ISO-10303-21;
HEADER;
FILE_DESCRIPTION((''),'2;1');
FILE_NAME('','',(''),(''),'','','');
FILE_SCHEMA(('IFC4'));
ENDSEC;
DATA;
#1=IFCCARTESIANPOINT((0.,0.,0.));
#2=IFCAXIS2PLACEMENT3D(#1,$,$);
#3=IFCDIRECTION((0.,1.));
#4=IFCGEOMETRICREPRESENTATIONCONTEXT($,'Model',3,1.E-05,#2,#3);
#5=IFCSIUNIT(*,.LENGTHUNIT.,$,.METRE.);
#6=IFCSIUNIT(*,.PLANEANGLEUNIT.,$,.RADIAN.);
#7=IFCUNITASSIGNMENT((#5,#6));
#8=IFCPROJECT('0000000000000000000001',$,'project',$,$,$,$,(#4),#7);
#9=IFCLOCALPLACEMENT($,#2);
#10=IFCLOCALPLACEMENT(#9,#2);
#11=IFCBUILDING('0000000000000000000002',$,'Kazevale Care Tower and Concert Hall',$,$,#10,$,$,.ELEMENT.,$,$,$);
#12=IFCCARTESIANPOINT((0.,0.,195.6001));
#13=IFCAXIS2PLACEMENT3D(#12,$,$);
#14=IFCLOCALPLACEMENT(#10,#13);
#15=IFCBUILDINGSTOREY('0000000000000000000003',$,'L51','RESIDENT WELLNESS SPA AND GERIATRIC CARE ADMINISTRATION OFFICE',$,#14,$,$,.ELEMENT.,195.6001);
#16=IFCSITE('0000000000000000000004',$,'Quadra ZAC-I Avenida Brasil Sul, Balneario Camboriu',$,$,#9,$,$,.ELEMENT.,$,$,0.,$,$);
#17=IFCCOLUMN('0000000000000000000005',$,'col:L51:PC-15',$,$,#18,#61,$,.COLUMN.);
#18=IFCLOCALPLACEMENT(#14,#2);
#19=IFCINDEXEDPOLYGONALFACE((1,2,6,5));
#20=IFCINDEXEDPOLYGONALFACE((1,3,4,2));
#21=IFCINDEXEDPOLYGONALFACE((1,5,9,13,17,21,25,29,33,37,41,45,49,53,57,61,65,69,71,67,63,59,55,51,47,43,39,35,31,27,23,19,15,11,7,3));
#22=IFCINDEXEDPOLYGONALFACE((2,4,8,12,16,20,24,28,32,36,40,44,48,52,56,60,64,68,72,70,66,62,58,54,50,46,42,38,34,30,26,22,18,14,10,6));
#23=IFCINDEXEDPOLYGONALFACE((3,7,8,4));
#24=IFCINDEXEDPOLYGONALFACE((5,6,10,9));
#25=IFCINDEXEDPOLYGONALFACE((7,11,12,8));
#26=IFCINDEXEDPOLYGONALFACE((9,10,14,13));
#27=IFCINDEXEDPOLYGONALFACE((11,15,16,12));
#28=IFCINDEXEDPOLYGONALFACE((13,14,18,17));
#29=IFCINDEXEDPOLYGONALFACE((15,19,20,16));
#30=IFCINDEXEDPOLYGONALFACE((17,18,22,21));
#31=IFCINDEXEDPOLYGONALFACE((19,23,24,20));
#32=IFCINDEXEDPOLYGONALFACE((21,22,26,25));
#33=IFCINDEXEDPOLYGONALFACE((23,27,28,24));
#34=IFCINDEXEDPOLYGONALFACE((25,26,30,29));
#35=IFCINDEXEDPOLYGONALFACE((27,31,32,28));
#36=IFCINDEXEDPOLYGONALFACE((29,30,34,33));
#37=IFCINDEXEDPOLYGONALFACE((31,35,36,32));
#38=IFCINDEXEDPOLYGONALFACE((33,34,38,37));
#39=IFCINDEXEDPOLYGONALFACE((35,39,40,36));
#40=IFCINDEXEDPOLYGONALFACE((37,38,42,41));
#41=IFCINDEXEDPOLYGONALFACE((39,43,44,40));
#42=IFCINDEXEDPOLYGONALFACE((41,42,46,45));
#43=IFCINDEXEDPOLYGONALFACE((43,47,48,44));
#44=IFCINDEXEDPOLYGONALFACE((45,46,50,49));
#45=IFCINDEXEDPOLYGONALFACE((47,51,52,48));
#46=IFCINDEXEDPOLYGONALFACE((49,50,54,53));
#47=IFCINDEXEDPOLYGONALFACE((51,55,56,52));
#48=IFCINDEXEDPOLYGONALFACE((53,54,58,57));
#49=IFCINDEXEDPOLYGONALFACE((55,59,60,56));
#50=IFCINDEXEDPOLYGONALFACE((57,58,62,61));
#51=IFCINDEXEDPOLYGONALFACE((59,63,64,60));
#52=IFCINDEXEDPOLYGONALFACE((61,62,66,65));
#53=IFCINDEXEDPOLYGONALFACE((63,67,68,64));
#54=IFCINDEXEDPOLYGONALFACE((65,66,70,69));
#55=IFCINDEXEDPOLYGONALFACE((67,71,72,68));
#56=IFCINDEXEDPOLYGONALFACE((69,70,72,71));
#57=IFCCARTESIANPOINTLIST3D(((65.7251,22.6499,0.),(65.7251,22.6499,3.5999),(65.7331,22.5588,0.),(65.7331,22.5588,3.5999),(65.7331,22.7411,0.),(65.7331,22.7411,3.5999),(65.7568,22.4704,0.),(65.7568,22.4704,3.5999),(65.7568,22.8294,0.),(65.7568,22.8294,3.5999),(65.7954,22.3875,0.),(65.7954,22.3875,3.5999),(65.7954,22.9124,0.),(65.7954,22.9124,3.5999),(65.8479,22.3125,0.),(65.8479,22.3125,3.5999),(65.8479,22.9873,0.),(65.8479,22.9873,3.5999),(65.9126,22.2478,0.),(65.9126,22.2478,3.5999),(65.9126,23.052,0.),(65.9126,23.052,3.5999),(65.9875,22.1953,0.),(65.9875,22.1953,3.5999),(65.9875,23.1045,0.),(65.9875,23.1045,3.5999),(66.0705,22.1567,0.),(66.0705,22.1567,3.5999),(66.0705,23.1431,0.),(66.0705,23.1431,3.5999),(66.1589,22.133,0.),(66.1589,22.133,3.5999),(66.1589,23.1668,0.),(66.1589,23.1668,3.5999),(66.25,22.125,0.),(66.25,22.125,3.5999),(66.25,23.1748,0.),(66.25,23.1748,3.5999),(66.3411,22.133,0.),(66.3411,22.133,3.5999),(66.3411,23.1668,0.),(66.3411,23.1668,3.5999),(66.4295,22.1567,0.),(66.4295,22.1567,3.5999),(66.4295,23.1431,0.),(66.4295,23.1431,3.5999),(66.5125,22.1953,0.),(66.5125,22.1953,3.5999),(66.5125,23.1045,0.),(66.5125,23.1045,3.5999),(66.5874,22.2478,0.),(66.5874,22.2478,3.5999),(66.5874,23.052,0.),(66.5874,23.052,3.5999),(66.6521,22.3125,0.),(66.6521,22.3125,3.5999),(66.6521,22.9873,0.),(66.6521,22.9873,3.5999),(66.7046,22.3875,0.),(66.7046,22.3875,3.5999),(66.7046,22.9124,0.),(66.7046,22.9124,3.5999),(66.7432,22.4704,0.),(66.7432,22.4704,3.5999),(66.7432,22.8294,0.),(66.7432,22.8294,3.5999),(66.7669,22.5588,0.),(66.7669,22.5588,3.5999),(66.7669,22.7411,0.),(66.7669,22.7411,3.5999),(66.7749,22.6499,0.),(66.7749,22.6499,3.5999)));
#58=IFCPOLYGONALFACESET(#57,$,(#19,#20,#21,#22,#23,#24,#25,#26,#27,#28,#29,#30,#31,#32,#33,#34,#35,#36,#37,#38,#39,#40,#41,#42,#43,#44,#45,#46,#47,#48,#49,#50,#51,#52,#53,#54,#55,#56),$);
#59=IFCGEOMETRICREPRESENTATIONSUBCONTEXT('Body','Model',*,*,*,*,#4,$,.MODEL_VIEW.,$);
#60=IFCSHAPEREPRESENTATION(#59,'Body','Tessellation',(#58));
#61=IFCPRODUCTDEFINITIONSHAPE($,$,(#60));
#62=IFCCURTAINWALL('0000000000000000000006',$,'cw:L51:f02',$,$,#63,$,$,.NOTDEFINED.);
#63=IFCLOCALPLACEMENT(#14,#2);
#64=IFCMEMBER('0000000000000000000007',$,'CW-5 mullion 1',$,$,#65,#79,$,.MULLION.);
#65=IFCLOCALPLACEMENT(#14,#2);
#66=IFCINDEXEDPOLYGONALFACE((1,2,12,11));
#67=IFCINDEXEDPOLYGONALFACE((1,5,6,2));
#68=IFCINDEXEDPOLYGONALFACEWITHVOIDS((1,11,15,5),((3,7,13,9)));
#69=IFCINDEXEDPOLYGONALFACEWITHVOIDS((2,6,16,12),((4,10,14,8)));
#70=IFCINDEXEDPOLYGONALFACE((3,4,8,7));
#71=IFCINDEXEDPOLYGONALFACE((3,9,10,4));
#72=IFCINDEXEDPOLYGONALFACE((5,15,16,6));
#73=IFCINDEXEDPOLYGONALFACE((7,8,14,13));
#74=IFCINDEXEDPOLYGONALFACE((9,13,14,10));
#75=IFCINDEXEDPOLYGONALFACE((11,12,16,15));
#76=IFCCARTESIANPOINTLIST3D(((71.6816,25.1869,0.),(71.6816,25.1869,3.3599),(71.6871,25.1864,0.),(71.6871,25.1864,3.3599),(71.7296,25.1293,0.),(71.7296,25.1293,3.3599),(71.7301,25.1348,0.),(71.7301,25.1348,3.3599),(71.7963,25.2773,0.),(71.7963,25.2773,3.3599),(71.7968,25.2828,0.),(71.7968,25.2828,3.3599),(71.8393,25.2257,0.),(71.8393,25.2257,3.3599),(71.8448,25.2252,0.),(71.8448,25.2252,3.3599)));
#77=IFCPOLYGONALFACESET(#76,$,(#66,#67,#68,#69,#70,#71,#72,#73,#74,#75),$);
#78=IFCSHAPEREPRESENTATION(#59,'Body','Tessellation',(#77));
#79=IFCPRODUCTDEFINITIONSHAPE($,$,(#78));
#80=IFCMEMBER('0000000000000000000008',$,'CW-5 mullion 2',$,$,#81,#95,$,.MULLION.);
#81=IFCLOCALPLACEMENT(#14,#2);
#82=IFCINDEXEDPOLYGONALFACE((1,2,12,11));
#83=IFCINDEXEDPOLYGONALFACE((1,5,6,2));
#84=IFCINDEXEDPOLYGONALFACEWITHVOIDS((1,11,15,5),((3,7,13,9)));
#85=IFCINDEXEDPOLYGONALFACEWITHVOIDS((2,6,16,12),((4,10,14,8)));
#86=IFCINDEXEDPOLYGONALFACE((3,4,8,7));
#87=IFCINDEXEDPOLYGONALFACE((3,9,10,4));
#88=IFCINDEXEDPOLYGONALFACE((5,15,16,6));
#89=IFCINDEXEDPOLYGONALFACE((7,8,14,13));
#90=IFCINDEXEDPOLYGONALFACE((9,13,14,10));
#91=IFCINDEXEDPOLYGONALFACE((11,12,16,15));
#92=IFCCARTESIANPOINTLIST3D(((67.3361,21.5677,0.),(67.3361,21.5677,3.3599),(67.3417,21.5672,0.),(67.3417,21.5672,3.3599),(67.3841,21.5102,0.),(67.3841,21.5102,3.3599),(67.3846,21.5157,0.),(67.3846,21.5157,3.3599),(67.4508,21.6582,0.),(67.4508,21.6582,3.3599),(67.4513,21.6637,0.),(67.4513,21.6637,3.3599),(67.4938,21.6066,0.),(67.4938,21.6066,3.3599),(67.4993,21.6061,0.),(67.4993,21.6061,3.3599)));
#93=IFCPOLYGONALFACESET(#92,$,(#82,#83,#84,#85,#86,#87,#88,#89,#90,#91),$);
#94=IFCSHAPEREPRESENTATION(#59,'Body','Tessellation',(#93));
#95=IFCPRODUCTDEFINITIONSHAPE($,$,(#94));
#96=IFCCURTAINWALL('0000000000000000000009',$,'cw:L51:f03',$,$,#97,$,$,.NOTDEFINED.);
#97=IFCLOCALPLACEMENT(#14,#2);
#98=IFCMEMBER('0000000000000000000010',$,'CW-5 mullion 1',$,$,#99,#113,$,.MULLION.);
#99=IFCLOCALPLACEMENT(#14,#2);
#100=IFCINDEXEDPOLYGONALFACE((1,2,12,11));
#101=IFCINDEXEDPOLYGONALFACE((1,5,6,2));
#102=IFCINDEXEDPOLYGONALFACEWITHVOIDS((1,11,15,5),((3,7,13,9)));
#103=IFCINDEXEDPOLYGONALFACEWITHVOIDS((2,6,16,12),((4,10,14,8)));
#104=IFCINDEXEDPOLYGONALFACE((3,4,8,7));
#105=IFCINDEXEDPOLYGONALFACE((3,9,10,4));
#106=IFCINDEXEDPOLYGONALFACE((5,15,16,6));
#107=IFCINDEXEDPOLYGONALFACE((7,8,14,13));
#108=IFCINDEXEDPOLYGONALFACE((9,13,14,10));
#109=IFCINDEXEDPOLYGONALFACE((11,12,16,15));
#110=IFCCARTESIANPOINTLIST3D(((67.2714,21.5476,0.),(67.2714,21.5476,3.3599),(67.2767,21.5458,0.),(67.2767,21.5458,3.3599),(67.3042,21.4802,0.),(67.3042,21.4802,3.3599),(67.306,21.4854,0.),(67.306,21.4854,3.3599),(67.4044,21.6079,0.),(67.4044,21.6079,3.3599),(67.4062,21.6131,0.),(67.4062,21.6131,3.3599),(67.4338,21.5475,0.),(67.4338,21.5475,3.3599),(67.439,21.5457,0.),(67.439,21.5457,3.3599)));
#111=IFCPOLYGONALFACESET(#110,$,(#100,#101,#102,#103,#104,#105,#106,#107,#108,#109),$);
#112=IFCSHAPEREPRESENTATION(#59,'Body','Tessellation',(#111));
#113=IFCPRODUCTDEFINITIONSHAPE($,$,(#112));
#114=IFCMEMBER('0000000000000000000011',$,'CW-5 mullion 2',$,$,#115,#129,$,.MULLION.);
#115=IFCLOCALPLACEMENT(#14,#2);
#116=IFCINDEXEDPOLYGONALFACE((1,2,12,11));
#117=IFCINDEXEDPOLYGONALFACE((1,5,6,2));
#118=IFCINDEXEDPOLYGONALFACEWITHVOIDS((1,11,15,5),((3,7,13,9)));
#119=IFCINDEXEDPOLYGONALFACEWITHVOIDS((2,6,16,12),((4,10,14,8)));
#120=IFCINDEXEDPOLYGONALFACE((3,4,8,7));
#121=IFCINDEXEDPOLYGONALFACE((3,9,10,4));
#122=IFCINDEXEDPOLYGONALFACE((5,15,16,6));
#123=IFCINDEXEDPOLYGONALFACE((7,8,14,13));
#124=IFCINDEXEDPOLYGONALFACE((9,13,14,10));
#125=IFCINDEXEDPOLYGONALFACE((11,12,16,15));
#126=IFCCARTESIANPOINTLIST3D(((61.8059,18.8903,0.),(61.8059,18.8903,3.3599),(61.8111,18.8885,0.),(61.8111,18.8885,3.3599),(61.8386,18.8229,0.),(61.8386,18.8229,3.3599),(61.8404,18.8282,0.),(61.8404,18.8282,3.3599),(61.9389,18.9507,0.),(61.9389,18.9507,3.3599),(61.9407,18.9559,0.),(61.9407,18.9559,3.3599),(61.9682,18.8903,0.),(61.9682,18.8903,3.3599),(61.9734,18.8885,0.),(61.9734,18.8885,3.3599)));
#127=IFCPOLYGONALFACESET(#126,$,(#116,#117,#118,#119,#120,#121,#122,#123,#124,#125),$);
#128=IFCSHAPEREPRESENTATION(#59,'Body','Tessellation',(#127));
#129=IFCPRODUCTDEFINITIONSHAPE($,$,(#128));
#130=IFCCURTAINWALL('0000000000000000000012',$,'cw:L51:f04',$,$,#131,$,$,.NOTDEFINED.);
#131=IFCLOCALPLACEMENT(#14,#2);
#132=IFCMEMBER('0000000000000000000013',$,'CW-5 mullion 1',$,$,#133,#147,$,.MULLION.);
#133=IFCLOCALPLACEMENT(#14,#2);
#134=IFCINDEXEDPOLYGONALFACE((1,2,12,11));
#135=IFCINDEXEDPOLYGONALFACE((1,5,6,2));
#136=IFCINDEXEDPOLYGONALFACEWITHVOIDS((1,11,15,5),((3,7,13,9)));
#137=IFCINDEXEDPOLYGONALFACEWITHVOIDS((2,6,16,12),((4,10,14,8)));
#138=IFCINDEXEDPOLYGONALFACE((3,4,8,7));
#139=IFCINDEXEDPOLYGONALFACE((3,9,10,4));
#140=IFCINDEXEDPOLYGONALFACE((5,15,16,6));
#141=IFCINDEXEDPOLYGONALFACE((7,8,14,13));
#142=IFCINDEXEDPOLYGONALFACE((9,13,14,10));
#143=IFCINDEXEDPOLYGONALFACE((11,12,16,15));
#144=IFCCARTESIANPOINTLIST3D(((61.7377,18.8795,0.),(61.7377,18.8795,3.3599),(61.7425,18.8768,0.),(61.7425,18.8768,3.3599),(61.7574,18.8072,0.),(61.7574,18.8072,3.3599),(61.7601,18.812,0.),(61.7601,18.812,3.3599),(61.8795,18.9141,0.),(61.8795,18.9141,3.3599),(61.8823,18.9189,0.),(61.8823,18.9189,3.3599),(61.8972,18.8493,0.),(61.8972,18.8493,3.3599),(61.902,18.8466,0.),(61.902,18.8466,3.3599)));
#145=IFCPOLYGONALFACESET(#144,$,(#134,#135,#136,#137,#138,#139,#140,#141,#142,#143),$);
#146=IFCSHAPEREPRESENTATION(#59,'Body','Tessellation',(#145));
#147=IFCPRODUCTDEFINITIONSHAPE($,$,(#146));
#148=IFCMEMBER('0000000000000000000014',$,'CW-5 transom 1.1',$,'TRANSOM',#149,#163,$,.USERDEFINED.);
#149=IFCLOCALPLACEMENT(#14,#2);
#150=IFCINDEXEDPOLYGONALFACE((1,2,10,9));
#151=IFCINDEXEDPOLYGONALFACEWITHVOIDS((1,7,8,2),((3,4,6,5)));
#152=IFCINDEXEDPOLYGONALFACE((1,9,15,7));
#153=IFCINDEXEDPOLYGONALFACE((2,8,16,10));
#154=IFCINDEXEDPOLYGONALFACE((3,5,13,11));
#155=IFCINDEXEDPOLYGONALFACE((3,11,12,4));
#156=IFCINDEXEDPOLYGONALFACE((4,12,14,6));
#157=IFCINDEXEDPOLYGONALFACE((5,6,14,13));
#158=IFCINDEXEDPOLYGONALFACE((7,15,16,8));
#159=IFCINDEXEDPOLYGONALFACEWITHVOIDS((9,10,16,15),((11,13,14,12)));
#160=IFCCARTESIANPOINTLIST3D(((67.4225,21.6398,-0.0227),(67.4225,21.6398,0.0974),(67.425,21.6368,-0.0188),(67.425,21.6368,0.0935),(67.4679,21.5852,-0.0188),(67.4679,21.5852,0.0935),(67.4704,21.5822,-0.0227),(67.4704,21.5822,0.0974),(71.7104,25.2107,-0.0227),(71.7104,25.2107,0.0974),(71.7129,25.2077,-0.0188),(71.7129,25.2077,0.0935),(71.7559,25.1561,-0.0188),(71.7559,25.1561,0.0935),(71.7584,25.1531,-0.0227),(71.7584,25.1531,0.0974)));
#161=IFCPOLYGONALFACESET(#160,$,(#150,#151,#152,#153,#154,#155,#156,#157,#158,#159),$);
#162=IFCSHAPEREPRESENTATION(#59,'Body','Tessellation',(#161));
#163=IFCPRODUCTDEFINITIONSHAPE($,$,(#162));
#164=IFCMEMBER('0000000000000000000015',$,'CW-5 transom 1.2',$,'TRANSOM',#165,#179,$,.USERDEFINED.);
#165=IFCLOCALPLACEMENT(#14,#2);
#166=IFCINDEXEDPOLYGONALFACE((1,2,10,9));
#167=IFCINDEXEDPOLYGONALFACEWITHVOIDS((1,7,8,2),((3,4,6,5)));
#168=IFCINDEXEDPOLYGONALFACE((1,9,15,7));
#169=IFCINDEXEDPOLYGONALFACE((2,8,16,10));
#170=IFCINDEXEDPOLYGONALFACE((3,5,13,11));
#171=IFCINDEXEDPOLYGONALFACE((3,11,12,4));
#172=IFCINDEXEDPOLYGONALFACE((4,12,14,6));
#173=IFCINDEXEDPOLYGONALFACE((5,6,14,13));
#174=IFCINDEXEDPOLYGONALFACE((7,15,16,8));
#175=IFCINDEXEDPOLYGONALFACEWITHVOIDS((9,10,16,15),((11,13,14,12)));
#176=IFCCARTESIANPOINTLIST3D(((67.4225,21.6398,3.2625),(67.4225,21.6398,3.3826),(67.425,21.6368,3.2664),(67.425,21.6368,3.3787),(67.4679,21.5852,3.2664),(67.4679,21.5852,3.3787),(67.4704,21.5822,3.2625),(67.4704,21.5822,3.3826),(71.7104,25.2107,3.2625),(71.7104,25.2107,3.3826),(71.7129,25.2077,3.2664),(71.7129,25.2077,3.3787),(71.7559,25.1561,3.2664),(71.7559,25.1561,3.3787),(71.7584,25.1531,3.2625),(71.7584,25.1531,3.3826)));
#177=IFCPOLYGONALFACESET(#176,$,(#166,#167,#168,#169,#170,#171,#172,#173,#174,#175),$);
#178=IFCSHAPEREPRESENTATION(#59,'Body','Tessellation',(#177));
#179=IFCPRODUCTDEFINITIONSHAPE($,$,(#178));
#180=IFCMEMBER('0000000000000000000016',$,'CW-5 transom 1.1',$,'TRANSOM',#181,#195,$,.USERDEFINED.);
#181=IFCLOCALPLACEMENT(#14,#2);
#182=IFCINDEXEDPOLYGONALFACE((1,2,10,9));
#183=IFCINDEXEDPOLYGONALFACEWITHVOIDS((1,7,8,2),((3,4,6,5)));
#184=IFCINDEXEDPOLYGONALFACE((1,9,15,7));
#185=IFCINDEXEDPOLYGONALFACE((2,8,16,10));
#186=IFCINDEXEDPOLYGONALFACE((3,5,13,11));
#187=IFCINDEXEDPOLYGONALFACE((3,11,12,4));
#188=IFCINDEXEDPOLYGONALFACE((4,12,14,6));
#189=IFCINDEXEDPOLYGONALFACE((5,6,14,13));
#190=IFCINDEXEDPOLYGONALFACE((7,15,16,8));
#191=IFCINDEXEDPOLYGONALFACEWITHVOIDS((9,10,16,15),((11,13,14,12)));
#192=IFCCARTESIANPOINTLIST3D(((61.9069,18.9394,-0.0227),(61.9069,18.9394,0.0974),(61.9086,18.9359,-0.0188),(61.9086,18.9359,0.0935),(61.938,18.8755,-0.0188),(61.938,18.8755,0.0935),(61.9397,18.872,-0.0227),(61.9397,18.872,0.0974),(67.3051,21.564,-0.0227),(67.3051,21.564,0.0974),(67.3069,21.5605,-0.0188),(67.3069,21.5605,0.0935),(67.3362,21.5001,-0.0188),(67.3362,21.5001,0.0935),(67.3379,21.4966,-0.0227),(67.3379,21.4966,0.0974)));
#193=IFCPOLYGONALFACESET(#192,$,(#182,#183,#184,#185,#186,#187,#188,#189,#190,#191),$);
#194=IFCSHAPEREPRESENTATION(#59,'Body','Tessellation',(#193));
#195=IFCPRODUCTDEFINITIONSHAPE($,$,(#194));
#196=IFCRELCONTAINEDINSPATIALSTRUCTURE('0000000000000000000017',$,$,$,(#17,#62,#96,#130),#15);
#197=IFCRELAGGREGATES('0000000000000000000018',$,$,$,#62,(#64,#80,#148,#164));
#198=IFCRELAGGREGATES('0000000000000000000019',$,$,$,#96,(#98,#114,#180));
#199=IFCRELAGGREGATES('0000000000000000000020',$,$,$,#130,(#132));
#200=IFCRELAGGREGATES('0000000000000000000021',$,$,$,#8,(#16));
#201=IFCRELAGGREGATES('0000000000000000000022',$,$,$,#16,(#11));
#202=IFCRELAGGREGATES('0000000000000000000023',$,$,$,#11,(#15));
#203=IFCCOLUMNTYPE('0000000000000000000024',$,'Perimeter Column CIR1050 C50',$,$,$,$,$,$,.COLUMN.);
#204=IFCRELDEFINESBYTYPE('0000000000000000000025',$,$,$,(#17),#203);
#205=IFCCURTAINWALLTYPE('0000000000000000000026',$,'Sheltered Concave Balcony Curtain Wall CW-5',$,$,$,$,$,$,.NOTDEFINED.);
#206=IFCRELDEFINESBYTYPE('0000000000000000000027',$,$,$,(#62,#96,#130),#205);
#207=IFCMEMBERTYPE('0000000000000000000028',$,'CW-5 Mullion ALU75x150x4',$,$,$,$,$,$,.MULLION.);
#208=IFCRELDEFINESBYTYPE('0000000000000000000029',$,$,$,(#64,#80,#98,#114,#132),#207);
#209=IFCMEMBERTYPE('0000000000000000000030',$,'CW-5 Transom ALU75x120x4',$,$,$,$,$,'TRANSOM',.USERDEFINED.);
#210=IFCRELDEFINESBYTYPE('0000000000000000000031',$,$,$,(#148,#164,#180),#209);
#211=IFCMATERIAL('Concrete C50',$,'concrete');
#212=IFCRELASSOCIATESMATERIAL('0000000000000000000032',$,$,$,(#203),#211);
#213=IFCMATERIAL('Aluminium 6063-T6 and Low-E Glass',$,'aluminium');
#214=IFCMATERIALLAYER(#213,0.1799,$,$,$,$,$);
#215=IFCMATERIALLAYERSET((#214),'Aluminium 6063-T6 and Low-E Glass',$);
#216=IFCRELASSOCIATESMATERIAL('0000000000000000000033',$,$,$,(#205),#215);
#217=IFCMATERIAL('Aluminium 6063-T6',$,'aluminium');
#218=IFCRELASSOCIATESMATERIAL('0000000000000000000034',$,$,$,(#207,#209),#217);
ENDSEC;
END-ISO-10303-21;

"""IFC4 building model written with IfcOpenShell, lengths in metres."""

from ifc_helpers import new_model, si_unit, direction, frame, origin, origin_2d, place, context, subcontext, project, spatial, hollow_rectangle, circle, extrude, material, layer, layer_set, material_profile, profile_set, type_object, element, aggregate, save


model = new_model("IFC4")

# Units and contexts
model_context = context("Model", 3, precision=1e-05, world=origin(), true_north=direction((0.0, 1.0)))
body_context = subcontext(model_context, "Body", "Model", "MODEL_VIEW")
ifc_project = project(units=[si_unit("LENGTHUNIT", "METRE"), si_unit("PLANEANGLEUNIT", "RADIAN")], contexts=[model_context])

# Site, building, storey
site_placement = place(None, origin())
site = spatial("IfcSite", under=ifc_project, at=site_placement, Name="Quadra ZAC-I Avenida Brasil Sul, Balneario Camboriu", CompositionType="ELEMENT", RefElevation=0.0)
building_placement = place(site_placement, origin())
building = spatial("IfcBuilding", under=site, at=building_placement, Name="Kazevale Care Tower and Concert Hall", CompositionType="ELEMENT")
storey_placement = place(building_placement, frame((0.0, 0.0, 195.6001)))
storey = spatial("IfcBuildingStorey", under=building, at=storey_placement, Name="L51", Description="RESIDENT WELLNESS SPA AND GERIATRIC CARE ADMINISTRATION OFFICE", CompositionType="ELEMENT", Elevation=195.6001)

# Column
ifc_material_1 = material(Name="Concrete C50", Category="concrete")
ifc_material_profile_1 = material_profile(ifc_material_1, circle(Radius=0.5249, at=origin_2d()), Name="RC-CIR1050")
ifc_profile_set_1 = profile_set([ifc_material_profile_1], Name="Concrete C50")
column_type = type_object("IfcColumnType", Name="Perimeter Column CIR1050 C50", PredefinedType="COLUMN", material=ifc_profile_set_1)
column_placement = place(storey_placement, frame((66.25, 22.6499, 0.0), z_axis=(0.0, 0.0, 1.0), x_axis=(1.0, 0.0, 0.0)))
element("IfcColumn", 1, at=column_placement, inside=storey, type_object=column_type, Name="col:L51:PC-15", PredefinedType="COLUMN", context=body_context, shape_type="SweptSolid", body=[
    extrude(circle(Radius=0.5249, at=origin_2d()), origin(), (0.0, 0.0, 1.0), 3.5999),
])

# Curtain walls, members
ifc_material_2 = material(Name="Aluminium 6063-T6 and Low-E Glass", Category="aluminium")
ifc_layer_1 = layer(ifc_material_2, 0.1799)
ifc_layer_set_1 = layer_set([ifc_layer_1], Name="Aluminium 6063-T6 and Low-E Glass")
curtain_wall_type = type_object("IfcCurtainWallType", Name="Sheltered Concave Balcony Curtain Wall CW-5", PredefinedType="NOTDEFINED", material=ifc_layer_set_1)
curtain_wall_1_placement = place(storey_placement, origin())
curtain_wall_1 = element("IfcCurtainWall", 2, at=curtain_wall_1_placement, inside=storey, type_object=curtain_wall_type, Name="cw:L51:f02", PredefinedType="NOTDEFINED")
ifc_material_3 = material(Name="Aluminium 6063-T6", Category="aluminium")
ifc_material_profile_2 = material_profile(ifc_material_3, hollow_rectangle(XDim=0.075, YDim=0.1499, WallThickness=0.0039, at=origin_2d()), Name="ALU75x150x4")
ifc_profile_set_2 = profile_set([ifc_material_profile_2], Name="Aluminium 6063-T6")
member_type_1 = type_object("IfcMemberType", Name="CW-5 Mullion ALU75x150x4", PredefinedType="MULLION", material=ifc_profile_set_2)
member_1_placement = place(storey_placement, frame((71.7632, 25.2061, 0.0), z_axis=(0.0, 0.0, 1.0), x_axis=(0.639961, -0.768407, 0.0)))
member_1 = element("IfcMember", 3, at=member_1_placement, type_object=member_type_1, Name="CW-5 mullion 1", PredefinedType="MULLION", context=body_context, shape_type="SweptSolid", body=[
    extrude(hollow_rectangle(XDim=0.075, YDim=0.1499, WallThickness=0.0039, at=origin_2d()), origin(), (0.0, 0.0, 1.0), 3.3599),
])
member_2_placement = place(storey_placement, frame((67.4177, 21.5869, 0.0), z_axis=(0.0, 0.0, 1.0), x_axis=(0.639961, -0.768407, 0.0)))
member_2 = element("IfcMember", 4, at=member_2_placement, type_object=member_type_1, Name="CW-5 mullion 2", PredefinedType="MULLION", context=body_context, shape_type="SweptSolid", body=[
    extrude(hollow_rectangle(XDim=0.075, YDim=0.1499, WallThickness=0.0039, at=origin_2d()), origin(), (0.0, 0.0, 1.0), 3.3599),
])
curtain_wall_2_placement = place(storey_placement, origin())
curtain_wall_2 = element("IfcCurtainWall", 5, at=curtain_wall_2_placement, inside=storey, type_object=curtain_wall_type, Name="cw:L51:f03", PredefinedType="NOTDEFINED")
member_3_placement = place(storey_placement, frame((67.3552, 21.5466, 0.0), z_axis=(0.0, 0.0, 1.0), x_axis=(0.437238, -0.899346, 0.0)))
member_3 = element("IfcMember", 6, at=member_3_placement, type_object=member_type_1, Name="CW-5 mullion 1", PredefinedType="MULLION", context=body_context, shape_type="SweptSolid", body=[
    extrude(hollow_rectangle(XDim=0.075, YDim=0.1499, WallThickness=0.0039, at=origin_2d()), origin(), (0.0, 0.0, 1.0), 3.3599),
])
member_4_placement = place(storey_placement, frame((61.8896, 18.8894, 0.0), z_axis=(0.0, 0.0, 1.0), x_axis=(0.437238, -0.899346, 0.0)))
member_4 = element("IfcMember", 7, at=member_4_placement, type_object=member_type_1, Name="CW-5 mullion 2", PredefinedType="MULLION", context=body_context, shape_type="SweptSolid", body=[
    extrude(hollow_rectangle(XDim=0.075, YDim=0.1499, WallThickness=0.0039, at=origin_2d()), origin(), (0.0, 0.0, 1.0), 3.3599),
])

# Curtain wall, member
curtain_wall_3_placement = place(storey_placement, origin())
curtain_wall_3 = element("IfcCurtainWall", 8, at=curtain_wall_3_placement, inside=storey, type_object=curtain_wall_type, Name="cw:L51:f04", PredefinedType="NOTDEFINED")
member_5_placement = place(storey_placement, frame((61.8198, 18.863, 0.0), z_axis=(0.0, 0.0, 1.0), x_axis=(0.262849, -0.964837, 0.0)))
member_5 = element("IfcMember", 9, at=member_5_placement, type_object=member_type_1, Name="CW-5 mullion 1", PredefinedType="MULLION", context=body_context, shape_type="SweptSolid", body=[
    extrude(hollow_rectangle(XDim=0.075, YDim=0.1499, WallThickness=0.0039, at=origin_2d()), origin(), (0.0, 0.0, 1.0), 3.3599),
])

# Members
ifc_material_profile_3 = material_profile(ifc_material_3, hollow_rectangle(XDim=0.075, YDim=0.1201, WallThickness=0.0039, at=origin_2d()), Name="ALU75x120x4")
ifc_profile_set_3 = profile_set([ifc_material_profile_3], Name="Aluminium 6063-T6")
member_type_2 = type_object("IfcMemberType", Name="CW-5 Transom ALU75x120x4", ElementType="TRANSOM", PredefinedType="USERDEFINED", material=ifc_profile_set_3)
member_6_placement = place(storey_placement, frame((71.7344, 25.1819, 0.0374), z_axis=(-0.768433, -0.63993, 0.0), x_axis=(0.63993, -0.768433, 0.0)))
member_6 = element("IfcMember", 10, at=member_6_placement, type_object=member_type_2, Name="CW-5 transom 1.1", ObjectType="TRANSOM", PredefinedType="USERDEFINED", context=body_context, shape_type="SweptSolid", body=[
    extrude(hollow_rectangle(XDim=0.075, YDim=0.1201, WallThickness=0.0039, at=origin_2d()), origin(), (0.0, 0.0, 1.0), 5.5801),
])
member_7_placement = place(storey_placement, frame((71.7344, 25.1819, 3.3225), z_axis=(-0.768433, -0.63993, 0.0), x_axis=(0.63993, -0.768433, 0.0)))
member_7 = element("IfcMember", 11, at=member_7_placement, type_object=member_type_2, Name="CW-5 transom 1.2", ObjectType="TRANSOM", PredefinedType="USERDEFINED", context=body_context, shape_type="SweptSolid", body=[
    extrude(hollow_rectangle(XDim=0.075, YDim=0.1201, WallThickness=0.0039, at=origin_2d()), origin(), (0.0, 0.0, 1.0), 5.5801),
])
member_8_placement = place(storey_placement, frame((67.3215, 21.5303, 0.0374), z_axis=(-0.899342, -0.437245, 0.0), x_axis=(0.437245, -0.899342, 0.0)))
member_8 = element("IfcMember", 12, at=member_8_placement, type_object=member_type_2, Name="CW-5 transom 1.1", ObjectType="TRANSOM", PredefinedType="USERDEFINED", context=body_context, shape_type="SweptSolid", body=[
    extrude(hollow_rectangle(XDim=0.075, YDim=0.1201, WallThickness=0.0039, at=origin_2d()), origin(), (0.0, 0.0, 1.0), 6.0024),
])

aggregate(curtain_wall_1, [member_1, member_2, member_6, member_7])
aggregate(curtain_wall_2, [member_3, member_4, member_8])
aggregate(curtain_wall_3, [member_5])

save(model, "model.ifc")
